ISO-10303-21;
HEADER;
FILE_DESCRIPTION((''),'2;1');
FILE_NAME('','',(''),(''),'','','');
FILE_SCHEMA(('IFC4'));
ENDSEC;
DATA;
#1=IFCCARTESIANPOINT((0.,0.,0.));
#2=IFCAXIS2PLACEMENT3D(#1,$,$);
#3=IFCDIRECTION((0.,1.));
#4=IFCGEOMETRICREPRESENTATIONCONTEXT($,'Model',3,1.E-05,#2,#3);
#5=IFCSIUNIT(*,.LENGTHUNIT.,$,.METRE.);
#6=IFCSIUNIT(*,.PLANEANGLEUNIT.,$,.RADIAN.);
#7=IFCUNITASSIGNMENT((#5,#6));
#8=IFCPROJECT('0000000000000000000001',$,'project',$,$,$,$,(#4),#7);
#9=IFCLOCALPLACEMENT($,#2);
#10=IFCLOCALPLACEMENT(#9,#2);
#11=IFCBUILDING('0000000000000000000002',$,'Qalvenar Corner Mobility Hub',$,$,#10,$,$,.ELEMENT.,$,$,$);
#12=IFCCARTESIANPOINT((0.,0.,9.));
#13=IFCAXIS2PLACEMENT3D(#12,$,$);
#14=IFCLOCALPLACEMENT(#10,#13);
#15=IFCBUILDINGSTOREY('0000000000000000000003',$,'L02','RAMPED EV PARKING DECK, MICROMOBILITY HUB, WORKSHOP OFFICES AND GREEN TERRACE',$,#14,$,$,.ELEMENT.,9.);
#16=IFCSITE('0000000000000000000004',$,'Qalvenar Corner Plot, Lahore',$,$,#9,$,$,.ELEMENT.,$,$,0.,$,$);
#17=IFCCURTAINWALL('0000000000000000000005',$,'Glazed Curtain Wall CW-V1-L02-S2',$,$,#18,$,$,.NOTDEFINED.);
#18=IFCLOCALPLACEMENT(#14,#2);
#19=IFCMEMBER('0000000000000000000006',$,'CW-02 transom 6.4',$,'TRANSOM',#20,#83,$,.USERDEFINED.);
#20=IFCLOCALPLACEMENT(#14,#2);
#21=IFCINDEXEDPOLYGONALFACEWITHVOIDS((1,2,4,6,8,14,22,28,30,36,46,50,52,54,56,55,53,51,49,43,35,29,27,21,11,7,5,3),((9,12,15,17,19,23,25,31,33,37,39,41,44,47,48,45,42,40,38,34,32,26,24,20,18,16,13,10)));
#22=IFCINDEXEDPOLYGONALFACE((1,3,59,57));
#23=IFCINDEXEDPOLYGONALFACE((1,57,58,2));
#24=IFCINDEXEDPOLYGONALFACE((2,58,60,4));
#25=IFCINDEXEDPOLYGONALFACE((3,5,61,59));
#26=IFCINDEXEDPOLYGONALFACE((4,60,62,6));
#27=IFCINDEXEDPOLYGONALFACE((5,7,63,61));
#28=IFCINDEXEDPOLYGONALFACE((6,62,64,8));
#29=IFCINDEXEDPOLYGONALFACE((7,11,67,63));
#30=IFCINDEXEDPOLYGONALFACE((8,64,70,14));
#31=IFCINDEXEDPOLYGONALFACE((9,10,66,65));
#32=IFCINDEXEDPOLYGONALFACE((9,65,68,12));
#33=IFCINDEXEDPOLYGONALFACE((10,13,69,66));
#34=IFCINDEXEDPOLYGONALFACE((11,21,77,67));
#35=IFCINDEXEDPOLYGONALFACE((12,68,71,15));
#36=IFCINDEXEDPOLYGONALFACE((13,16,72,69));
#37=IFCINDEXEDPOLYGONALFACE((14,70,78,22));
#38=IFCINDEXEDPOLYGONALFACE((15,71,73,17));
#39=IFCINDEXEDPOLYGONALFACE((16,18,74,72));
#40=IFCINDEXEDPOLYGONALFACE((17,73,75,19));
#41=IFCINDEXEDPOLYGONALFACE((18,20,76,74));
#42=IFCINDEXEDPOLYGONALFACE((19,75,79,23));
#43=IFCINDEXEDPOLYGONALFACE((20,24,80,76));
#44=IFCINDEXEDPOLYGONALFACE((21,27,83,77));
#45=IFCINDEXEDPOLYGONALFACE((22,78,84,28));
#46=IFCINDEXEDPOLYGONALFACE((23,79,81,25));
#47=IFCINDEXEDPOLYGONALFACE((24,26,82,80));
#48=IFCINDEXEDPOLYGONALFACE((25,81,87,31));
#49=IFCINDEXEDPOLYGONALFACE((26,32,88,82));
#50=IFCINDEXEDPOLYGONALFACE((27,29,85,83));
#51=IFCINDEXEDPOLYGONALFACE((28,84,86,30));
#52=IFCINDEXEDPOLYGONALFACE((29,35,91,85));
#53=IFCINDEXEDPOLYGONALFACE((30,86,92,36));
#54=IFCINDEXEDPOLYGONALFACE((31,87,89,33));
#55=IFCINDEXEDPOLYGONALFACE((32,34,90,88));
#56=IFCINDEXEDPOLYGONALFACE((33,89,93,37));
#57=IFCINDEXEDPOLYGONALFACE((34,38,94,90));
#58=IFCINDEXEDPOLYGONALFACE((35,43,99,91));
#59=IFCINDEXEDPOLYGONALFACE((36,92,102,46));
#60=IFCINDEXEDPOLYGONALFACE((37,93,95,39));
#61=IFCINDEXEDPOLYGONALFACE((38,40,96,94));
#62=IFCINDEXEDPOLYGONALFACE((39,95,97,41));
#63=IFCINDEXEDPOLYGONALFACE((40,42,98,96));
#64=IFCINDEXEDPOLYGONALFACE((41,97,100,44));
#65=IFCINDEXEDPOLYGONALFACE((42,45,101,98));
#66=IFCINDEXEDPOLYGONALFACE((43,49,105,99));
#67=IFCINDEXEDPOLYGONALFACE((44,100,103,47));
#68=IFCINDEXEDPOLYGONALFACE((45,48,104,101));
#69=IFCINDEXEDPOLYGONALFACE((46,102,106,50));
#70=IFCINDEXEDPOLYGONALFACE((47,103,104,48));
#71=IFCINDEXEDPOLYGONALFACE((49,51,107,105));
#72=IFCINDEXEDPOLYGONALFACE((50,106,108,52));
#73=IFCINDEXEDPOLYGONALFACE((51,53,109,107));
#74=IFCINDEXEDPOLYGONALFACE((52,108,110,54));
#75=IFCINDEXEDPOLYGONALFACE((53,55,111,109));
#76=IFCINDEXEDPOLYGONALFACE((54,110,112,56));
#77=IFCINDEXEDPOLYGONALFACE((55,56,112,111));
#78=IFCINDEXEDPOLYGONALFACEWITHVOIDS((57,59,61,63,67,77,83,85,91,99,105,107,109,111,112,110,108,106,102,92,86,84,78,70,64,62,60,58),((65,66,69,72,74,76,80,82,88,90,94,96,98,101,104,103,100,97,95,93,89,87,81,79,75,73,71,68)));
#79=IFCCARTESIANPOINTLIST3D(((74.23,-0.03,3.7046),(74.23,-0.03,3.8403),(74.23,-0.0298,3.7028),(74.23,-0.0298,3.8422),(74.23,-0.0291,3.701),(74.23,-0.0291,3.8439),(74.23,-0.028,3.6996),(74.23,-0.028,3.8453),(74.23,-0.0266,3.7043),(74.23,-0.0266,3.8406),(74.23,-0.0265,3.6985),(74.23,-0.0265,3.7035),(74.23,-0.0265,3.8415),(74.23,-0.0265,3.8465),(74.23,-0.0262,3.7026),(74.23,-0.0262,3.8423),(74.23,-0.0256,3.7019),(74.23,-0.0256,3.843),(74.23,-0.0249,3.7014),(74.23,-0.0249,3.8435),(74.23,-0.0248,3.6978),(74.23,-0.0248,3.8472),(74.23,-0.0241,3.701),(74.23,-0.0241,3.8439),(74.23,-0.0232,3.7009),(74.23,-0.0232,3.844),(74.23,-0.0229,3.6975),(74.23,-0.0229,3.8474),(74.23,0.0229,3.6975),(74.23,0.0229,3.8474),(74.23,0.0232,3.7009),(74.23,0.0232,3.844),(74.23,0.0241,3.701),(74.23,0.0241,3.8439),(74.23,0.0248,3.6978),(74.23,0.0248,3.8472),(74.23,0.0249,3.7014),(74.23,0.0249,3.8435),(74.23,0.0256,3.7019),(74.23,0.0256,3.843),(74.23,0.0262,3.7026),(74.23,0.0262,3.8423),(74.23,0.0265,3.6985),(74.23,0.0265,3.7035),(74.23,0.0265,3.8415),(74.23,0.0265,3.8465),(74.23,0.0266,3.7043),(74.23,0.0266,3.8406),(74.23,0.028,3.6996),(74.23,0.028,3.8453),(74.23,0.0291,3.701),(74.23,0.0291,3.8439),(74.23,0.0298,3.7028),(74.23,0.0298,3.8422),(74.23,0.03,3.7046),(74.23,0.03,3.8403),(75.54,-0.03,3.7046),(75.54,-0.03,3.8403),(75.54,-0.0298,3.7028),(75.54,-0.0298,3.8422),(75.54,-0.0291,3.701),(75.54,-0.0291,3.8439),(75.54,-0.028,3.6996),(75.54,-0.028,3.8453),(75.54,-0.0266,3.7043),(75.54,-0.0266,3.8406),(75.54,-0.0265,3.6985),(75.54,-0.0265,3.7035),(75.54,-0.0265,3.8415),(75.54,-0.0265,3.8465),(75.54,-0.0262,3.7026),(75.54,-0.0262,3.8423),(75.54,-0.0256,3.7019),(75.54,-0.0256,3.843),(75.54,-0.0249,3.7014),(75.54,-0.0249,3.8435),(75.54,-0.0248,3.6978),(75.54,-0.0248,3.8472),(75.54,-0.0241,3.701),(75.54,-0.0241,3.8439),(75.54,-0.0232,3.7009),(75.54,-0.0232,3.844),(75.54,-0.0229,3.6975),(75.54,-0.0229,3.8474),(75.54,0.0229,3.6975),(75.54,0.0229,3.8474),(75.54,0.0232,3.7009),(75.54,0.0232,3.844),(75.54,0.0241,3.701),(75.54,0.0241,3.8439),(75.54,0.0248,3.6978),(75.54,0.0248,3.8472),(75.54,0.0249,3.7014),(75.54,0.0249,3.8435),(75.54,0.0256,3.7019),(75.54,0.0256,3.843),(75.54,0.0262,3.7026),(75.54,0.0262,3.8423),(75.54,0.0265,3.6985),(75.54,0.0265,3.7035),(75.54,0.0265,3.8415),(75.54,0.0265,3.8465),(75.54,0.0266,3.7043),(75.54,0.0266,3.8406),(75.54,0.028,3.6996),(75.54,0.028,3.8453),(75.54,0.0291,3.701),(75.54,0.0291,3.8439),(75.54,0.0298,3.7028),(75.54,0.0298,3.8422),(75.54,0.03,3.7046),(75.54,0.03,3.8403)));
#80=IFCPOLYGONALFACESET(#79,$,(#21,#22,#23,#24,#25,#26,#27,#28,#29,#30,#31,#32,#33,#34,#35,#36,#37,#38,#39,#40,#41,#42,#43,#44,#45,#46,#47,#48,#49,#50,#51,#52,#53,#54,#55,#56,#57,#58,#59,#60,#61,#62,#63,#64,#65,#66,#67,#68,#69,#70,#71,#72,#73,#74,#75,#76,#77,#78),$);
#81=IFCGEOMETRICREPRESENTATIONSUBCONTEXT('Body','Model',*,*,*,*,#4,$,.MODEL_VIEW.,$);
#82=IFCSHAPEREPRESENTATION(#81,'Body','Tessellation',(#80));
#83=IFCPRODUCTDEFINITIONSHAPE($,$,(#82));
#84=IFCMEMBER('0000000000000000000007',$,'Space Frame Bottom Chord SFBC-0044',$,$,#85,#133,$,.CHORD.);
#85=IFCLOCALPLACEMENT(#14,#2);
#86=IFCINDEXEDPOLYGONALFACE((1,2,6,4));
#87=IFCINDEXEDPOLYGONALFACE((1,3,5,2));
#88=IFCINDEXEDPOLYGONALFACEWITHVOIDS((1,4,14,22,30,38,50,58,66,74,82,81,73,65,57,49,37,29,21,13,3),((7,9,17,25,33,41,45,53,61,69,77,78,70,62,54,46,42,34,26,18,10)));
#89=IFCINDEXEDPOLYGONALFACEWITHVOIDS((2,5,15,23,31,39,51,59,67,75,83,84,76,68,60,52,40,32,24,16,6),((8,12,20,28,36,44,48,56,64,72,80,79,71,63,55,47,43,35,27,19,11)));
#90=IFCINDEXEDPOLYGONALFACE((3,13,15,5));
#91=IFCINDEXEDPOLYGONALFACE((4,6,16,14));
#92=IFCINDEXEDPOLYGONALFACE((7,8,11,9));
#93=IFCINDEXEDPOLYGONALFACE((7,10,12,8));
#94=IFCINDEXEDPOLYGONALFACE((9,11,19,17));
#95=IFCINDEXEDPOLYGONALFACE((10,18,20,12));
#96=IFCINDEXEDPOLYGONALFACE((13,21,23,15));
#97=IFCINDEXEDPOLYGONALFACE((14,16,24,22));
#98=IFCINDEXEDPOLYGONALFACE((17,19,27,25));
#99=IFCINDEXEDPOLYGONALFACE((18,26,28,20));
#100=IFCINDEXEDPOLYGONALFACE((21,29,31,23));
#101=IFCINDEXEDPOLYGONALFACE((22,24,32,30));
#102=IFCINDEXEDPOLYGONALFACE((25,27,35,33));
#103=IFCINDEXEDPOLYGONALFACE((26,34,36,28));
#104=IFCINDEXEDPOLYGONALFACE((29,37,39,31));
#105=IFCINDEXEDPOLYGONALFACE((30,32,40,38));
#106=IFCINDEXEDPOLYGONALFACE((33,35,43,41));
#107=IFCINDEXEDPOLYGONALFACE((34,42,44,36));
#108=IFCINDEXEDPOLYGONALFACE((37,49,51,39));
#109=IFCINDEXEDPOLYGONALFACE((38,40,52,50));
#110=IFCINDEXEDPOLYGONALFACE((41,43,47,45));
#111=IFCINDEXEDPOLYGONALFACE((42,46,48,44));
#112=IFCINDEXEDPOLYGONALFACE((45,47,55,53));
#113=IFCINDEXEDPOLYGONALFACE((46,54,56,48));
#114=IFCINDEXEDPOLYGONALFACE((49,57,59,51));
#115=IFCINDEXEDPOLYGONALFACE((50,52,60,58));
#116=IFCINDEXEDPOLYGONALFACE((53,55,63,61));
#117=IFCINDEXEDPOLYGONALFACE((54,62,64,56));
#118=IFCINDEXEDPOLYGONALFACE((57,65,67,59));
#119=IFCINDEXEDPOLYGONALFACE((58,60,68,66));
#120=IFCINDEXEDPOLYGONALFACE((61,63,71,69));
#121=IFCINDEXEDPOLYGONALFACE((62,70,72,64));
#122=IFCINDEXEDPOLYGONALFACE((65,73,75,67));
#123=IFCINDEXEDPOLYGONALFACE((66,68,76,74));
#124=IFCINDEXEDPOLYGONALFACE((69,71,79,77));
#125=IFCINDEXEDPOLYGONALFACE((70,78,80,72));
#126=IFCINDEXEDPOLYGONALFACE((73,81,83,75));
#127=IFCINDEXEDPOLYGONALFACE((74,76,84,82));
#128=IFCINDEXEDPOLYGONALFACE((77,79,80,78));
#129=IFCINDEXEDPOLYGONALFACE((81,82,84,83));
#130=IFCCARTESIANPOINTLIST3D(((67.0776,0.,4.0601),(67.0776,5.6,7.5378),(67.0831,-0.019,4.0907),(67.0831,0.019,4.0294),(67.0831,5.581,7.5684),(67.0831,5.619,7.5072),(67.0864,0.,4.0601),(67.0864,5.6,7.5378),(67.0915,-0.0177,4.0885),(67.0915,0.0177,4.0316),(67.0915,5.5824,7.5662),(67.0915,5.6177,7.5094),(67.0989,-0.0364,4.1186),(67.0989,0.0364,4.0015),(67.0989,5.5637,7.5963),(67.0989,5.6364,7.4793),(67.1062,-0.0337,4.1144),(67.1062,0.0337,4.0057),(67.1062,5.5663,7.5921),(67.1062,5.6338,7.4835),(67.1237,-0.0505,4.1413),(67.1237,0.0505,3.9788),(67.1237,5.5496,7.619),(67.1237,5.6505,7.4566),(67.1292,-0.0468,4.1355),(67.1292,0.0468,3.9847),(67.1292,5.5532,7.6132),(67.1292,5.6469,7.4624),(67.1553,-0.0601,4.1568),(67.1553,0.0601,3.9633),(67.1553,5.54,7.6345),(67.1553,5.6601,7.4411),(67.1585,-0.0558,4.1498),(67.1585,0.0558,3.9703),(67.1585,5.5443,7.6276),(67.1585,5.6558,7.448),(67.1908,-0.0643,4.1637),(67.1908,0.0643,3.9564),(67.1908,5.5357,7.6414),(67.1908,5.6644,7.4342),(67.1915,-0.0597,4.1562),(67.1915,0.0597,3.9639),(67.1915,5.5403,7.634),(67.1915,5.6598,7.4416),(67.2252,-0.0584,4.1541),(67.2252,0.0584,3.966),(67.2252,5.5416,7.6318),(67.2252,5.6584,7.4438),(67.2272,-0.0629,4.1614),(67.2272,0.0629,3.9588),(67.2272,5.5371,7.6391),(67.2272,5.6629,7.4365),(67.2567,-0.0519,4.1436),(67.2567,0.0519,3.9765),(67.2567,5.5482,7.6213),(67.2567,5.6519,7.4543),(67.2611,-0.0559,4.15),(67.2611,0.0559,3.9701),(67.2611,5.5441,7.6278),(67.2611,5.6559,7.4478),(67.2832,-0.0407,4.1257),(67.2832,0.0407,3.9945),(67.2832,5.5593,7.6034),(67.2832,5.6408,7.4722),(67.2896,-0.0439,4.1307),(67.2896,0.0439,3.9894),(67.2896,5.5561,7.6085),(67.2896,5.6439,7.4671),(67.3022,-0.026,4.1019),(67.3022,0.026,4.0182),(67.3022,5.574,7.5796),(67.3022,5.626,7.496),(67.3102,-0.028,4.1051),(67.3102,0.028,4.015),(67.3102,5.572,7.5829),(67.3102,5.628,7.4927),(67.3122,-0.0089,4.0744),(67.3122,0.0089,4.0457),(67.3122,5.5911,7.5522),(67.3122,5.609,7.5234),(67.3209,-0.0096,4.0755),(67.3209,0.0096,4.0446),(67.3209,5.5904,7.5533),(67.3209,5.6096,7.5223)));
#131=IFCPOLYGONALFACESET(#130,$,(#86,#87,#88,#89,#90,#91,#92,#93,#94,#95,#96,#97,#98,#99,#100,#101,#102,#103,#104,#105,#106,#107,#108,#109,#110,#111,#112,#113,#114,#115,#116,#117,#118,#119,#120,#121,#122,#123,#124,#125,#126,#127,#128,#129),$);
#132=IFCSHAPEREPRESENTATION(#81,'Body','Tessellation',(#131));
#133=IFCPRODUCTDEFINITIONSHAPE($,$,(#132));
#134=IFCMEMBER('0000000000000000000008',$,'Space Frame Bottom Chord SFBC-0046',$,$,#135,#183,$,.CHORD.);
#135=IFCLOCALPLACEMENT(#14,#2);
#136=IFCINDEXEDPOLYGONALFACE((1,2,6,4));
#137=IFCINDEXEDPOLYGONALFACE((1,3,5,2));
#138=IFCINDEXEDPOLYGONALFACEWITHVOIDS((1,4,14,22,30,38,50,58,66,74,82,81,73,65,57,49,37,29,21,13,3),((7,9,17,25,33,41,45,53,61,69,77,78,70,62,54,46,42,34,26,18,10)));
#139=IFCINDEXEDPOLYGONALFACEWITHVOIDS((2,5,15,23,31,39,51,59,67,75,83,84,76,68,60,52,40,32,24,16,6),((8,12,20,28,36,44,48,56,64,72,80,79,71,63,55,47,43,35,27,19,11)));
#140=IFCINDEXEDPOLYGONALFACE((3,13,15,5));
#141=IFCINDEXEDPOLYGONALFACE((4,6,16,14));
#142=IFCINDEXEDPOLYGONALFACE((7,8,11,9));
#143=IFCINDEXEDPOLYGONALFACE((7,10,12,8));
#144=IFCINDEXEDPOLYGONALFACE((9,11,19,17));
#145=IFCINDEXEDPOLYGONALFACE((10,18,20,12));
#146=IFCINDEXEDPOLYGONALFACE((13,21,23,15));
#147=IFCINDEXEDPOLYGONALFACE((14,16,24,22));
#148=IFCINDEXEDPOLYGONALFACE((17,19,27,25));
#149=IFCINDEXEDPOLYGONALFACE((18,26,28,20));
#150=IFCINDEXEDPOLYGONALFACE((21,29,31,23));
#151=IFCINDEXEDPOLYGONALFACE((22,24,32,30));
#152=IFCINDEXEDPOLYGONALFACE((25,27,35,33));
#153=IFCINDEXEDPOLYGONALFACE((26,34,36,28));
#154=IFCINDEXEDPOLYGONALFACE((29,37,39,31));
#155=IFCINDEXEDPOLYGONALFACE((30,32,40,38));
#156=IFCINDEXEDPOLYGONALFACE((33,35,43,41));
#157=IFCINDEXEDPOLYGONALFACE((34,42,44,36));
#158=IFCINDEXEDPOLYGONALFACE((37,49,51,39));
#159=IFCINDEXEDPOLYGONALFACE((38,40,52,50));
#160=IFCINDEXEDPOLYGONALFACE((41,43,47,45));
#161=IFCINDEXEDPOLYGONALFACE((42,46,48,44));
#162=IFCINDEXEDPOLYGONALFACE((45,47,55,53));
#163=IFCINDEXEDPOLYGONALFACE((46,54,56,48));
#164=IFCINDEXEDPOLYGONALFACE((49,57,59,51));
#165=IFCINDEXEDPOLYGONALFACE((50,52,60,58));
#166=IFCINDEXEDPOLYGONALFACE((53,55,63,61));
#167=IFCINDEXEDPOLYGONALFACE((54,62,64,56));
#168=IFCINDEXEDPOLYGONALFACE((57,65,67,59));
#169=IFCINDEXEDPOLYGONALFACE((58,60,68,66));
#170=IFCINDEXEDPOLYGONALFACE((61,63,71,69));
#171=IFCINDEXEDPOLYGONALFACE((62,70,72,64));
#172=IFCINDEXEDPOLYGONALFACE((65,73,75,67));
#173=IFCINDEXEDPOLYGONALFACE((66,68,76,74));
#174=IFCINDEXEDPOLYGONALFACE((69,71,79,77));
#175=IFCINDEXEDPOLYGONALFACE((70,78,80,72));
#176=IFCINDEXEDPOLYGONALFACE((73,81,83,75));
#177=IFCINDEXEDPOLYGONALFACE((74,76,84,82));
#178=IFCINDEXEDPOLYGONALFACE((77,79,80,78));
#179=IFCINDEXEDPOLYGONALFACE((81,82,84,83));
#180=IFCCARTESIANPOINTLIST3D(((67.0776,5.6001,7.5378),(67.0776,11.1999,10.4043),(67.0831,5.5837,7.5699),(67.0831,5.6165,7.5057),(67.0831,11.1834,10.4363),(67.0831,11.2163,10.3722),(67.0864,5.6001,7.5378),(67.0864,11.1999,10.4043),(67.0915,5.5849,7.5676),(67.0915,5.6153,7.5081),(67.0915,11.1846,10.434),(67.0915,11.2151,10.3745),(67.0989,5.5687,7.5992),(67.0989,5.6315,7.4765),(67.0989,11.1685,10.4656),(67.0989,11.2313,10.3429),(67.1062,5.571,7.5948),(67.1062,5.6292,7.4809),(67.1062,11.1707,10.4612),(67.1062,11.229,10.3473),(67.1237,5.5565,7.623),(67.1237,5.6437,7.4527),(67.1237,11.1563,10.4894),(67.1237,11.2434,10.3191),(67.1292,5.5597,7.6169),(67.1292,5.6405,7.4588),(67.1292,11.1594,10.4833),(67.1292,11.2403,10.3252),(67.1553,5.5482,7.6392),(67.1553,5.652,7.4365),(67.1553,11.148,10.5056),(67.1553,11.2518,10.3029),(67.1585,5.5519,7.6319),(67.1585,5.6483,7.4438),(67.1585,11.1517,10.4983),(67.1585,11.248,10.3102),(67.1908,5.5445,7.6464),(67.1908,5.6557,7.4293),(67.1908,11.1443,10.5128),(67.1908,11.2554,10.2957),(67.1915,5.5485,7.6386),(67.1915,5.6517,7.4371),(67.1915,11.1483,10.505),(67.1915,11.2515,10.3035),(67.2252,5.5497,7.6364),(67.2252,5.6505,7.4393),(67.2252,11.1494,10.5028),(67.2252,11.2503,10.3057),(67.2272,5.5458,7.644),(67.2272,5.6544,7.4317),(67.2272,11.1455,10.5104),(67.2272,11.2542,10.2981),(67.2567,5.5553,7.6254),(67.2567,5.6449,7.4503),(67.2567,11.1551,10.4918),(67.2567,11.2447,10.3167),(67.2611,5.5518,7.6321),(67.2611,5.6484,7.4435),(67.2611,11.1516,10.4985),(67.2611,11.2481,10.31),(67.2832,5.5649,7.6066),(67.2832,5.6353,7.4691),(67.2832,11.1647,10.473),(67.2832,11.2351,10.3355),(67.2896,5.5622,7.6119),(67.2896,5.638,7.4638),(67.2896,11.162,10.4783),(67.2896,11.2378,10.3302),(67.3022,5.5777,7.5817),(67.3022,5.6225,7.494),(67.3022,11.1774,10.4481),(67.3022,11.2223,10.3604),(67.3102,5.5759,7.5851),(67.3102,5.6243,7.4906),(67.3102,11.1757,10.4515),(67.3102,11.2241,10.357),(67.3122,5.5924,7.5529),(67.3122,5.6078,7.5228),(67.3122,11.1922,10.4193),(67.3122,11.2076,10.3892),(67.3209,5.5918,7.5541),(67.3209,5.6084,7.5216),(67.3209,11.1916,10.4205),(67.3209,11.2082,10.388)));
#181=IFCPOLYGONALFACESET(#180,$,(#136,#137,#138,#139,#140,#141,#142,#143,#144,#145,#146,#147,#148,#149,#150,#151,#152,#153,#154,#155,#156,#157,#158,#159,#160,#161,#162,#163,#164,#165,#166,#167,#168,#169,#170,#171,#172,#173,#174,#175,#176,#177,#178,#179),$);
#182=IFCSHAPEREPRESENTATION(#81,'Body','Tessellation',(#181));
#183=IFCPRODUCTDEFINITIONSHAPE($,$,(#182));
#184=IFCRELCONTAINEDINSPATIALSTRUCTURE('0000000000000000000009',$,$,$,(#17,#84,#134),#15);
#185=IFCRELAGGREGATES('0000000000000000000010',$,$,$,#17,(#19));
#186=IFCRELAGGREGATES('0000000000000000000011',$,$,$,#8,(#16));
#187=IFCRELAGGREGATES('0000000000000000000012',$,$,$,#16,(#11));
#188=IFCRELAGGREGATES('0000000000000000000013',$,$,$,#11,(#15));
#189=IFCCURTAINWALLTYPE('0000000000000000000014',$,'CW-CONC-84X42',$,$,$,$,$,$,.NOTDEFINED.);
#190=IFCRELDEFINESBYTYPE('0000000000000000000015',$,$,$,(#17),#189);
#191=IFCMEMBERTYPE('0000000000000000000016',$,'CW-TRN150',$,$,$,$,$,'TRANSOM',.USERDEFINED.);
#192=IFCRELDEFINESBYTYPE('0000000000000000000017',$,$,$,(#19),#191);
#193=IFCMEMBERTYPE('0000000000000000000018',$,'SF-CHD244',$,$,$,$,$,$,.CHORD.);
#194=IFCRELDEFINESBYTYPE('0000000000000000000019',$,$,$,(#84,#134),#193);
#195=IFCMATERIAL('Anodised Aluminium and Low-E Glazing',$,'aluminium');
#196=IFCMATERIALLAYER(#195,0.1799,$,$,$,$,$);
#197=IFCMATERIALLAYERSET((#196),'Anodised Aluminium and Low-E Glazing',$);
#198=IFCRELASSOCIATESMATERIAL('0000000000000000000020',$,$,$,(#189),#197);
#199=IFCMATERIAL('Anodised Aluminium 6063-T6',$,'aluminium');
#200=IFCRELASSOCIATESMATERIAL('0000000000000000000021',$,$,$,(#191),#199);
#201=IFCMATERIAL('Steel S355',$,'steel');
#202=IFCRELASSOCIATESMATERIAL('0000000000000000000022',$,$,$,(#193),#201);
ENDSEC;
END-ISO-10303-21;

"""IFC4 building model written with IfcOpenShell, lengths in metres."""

from ifc_helpers import new_model, si_unit, direction, frame, origin, origin_2d, place, context, subcontext, project, spatial, hollow_rectangle, hollow_circle, extrude, material, layer, layer_set, material_profile, profile_set, type_object, element, aggregate, save


model = new_model("IFC4")

# Units and contexts
model_context = context("Model", 3, precision=1e-05, world=origin(), true_north=direction((0.0, 1.0)))
body_context = subcontext(model_context, "Body", "Model", "MODEL_VIEW")
ifc_project = project(units=[si_unit("LENGTHUNIT", "METRE"), si_unit("PLANEANGLEUNIT", "RADIAN")], contexts=[model_context])

# Site, building, storey
site_placement = place(None, origin())
site = spatial("IfcSite", under=ifc_project, at=site_placement, Name="Qalvenar Corner Plot, Lahore", CompositionType="ELEMENT", RefElevation=0.0)
building_placement = place(site_placement, origin())
building = spatial("IfcBuilding", under=site, at=building_placement, Name="Qalvenar Corner Mobility Hub", CompositionType="ELEMENT")
storey_placement = place(building_placement, frame((0.0, 0.0, 9.0)))
storey = spatial("IfcBuildingStorey", under=building, at=storey_placement, Name="L02", Description="RAMPED EV PARKING DECK, MICROMOBILITY HUB, WORKSHOP OFFICES AND GREEN TERRACE", CompositionType="ELEMENT", Elevation=9.0)

# Curtain wall, member
ifc_material_1 = material(Name="Anodised Aluminium and Low-E Glazing", Category="aluminium")
ifc_layer_1 = layer(ifc_material_1, 0.1799)
ifc_layer_set_1 = layer_set([ifc_layer_1], Name="Anodised Aluminium and Low-E Glazing")
curtain_wall_type = type_object("IfcCurtainWallType", Name="CW-CONC-84X42", PredefinedType="NOTDEFINED", material=ifc_layer_set_1)
ifc_material_2 = material(Name="Anodised Aluminium 6063-T6", Category="aluminium")
ifc_material_profile_1 = material_profile(ifc_material_2, hollow_rectangle(XDim=0.0601, YDim=0.1499, WallThickness=0.0034, InnerFilletRadius=0.0034, OuterFilletRadius=0.0071, at=origin_2d()), Name="RHS150x60x3.5")
ifc_profile_set_1 = profile_set([ifc_material_profile_1], Name="Anodised Aluminium 6063-T6")
member_type_1 = type_object("IfcMemberType", Name="CW-TRN150", ElementType="TRANSOM", PredefinedType="USERDEFINED", material=ifc_profile_set_1)
curtain_wall_1_placement = place(storey_placement, origin())
curtain_wall_1 = element("IfcCurtainWall", 1, at=curtain_wall_1_placement, inside=storey, type_object=curtain_wall_type, Name="Glazed Curtain Wall CW-V1-L02-S2", PredefinedType="NOTDEFINED")
member_1_placement = place(storey_placement, frame((74.23, 0.0, 3.7725), z_axis=(1.0, 0.0, 0.0), x_axis=(0.0, 1.0, 0.0)))
member_1 = element("IfcMember", 2, at=member_1_placement, type_object=member_type_1, Name="CW-02 transom 6.4", ObjectType="TRANSOM", PredefinedType="USERDEFINED", context=body_context, shape_type="SweptSolid", body=[
    extrude(hollow_rectangle(XDim=0.0601, YDim=0.1499, WallThickness=0.0034, InnerFilletRadius=0.0034, OuterFilletRadius=0.0071, at=origin_2d()), origin(), (0.0, 0.0, 1.0), 1.3101),
])
aggregate(curtain_wall_1, [member_1])

# Members
ifc_material_3 = material(Name="Steel S355", Category="steel")
ifc_material_profile_2 = material_profile(ifc_material_3, hollow_circle(Radius=0.1223, WallThickness=0.0088, at=origin_2d()), Name="CHS244.5x8.8")
ifc_profile_set_2 = profile_set([ifc_material_profile_2], Name="Steel S355")
member_type_2 = type_object("IfcMemberType", Name="SF-CHD244", PredefinedType="CHORD", material=ifc_profile_set_2)
member_2_placement = place(storey_placement, frame((67.2, 0.0, 4.0601), z_axis=(0.0, 0.849514, 0.527567), x_axis=(-1.0, 0.0, 0.0)))
element("IfcMember", 3, at=member_2_placement, inside=storey, type_object=member_type_2, Name="Space Frame Bottom Chord SFBC-0044", PredefinedType="CHORD", context=body_context, shape_type="SweptSolid", body=[
    extrude(hollow_circle(Radius=0.1223, WallThickness=0.0088, at=origin_2d()), origin(), (0.0, 0.0, 1.0), 6.592),
])
member_3_placement = place(storey_placement, frame((67.2, 5.6001, 7.5378), z_axis=(0.0, 0.890157, 0.455654), x_axis=(-1.0, 0.0, 0.0)))
element("IfcMember", 4, at=member_3_placement, inside=storey, type_object=member_type_2, Name="Space Frame Bottom Chord SFBC-0046", PredefinedType="CHORD", context=body_context, shape_type="SweptSolid", body=[
    extrude(hollow_circle(Radius=0.1223, WallThickness=0.0088, at=origin_2d()), origin(), (0.0, 0.0, 1.0), 6.2908),
])

save(model, "model.ifc")
